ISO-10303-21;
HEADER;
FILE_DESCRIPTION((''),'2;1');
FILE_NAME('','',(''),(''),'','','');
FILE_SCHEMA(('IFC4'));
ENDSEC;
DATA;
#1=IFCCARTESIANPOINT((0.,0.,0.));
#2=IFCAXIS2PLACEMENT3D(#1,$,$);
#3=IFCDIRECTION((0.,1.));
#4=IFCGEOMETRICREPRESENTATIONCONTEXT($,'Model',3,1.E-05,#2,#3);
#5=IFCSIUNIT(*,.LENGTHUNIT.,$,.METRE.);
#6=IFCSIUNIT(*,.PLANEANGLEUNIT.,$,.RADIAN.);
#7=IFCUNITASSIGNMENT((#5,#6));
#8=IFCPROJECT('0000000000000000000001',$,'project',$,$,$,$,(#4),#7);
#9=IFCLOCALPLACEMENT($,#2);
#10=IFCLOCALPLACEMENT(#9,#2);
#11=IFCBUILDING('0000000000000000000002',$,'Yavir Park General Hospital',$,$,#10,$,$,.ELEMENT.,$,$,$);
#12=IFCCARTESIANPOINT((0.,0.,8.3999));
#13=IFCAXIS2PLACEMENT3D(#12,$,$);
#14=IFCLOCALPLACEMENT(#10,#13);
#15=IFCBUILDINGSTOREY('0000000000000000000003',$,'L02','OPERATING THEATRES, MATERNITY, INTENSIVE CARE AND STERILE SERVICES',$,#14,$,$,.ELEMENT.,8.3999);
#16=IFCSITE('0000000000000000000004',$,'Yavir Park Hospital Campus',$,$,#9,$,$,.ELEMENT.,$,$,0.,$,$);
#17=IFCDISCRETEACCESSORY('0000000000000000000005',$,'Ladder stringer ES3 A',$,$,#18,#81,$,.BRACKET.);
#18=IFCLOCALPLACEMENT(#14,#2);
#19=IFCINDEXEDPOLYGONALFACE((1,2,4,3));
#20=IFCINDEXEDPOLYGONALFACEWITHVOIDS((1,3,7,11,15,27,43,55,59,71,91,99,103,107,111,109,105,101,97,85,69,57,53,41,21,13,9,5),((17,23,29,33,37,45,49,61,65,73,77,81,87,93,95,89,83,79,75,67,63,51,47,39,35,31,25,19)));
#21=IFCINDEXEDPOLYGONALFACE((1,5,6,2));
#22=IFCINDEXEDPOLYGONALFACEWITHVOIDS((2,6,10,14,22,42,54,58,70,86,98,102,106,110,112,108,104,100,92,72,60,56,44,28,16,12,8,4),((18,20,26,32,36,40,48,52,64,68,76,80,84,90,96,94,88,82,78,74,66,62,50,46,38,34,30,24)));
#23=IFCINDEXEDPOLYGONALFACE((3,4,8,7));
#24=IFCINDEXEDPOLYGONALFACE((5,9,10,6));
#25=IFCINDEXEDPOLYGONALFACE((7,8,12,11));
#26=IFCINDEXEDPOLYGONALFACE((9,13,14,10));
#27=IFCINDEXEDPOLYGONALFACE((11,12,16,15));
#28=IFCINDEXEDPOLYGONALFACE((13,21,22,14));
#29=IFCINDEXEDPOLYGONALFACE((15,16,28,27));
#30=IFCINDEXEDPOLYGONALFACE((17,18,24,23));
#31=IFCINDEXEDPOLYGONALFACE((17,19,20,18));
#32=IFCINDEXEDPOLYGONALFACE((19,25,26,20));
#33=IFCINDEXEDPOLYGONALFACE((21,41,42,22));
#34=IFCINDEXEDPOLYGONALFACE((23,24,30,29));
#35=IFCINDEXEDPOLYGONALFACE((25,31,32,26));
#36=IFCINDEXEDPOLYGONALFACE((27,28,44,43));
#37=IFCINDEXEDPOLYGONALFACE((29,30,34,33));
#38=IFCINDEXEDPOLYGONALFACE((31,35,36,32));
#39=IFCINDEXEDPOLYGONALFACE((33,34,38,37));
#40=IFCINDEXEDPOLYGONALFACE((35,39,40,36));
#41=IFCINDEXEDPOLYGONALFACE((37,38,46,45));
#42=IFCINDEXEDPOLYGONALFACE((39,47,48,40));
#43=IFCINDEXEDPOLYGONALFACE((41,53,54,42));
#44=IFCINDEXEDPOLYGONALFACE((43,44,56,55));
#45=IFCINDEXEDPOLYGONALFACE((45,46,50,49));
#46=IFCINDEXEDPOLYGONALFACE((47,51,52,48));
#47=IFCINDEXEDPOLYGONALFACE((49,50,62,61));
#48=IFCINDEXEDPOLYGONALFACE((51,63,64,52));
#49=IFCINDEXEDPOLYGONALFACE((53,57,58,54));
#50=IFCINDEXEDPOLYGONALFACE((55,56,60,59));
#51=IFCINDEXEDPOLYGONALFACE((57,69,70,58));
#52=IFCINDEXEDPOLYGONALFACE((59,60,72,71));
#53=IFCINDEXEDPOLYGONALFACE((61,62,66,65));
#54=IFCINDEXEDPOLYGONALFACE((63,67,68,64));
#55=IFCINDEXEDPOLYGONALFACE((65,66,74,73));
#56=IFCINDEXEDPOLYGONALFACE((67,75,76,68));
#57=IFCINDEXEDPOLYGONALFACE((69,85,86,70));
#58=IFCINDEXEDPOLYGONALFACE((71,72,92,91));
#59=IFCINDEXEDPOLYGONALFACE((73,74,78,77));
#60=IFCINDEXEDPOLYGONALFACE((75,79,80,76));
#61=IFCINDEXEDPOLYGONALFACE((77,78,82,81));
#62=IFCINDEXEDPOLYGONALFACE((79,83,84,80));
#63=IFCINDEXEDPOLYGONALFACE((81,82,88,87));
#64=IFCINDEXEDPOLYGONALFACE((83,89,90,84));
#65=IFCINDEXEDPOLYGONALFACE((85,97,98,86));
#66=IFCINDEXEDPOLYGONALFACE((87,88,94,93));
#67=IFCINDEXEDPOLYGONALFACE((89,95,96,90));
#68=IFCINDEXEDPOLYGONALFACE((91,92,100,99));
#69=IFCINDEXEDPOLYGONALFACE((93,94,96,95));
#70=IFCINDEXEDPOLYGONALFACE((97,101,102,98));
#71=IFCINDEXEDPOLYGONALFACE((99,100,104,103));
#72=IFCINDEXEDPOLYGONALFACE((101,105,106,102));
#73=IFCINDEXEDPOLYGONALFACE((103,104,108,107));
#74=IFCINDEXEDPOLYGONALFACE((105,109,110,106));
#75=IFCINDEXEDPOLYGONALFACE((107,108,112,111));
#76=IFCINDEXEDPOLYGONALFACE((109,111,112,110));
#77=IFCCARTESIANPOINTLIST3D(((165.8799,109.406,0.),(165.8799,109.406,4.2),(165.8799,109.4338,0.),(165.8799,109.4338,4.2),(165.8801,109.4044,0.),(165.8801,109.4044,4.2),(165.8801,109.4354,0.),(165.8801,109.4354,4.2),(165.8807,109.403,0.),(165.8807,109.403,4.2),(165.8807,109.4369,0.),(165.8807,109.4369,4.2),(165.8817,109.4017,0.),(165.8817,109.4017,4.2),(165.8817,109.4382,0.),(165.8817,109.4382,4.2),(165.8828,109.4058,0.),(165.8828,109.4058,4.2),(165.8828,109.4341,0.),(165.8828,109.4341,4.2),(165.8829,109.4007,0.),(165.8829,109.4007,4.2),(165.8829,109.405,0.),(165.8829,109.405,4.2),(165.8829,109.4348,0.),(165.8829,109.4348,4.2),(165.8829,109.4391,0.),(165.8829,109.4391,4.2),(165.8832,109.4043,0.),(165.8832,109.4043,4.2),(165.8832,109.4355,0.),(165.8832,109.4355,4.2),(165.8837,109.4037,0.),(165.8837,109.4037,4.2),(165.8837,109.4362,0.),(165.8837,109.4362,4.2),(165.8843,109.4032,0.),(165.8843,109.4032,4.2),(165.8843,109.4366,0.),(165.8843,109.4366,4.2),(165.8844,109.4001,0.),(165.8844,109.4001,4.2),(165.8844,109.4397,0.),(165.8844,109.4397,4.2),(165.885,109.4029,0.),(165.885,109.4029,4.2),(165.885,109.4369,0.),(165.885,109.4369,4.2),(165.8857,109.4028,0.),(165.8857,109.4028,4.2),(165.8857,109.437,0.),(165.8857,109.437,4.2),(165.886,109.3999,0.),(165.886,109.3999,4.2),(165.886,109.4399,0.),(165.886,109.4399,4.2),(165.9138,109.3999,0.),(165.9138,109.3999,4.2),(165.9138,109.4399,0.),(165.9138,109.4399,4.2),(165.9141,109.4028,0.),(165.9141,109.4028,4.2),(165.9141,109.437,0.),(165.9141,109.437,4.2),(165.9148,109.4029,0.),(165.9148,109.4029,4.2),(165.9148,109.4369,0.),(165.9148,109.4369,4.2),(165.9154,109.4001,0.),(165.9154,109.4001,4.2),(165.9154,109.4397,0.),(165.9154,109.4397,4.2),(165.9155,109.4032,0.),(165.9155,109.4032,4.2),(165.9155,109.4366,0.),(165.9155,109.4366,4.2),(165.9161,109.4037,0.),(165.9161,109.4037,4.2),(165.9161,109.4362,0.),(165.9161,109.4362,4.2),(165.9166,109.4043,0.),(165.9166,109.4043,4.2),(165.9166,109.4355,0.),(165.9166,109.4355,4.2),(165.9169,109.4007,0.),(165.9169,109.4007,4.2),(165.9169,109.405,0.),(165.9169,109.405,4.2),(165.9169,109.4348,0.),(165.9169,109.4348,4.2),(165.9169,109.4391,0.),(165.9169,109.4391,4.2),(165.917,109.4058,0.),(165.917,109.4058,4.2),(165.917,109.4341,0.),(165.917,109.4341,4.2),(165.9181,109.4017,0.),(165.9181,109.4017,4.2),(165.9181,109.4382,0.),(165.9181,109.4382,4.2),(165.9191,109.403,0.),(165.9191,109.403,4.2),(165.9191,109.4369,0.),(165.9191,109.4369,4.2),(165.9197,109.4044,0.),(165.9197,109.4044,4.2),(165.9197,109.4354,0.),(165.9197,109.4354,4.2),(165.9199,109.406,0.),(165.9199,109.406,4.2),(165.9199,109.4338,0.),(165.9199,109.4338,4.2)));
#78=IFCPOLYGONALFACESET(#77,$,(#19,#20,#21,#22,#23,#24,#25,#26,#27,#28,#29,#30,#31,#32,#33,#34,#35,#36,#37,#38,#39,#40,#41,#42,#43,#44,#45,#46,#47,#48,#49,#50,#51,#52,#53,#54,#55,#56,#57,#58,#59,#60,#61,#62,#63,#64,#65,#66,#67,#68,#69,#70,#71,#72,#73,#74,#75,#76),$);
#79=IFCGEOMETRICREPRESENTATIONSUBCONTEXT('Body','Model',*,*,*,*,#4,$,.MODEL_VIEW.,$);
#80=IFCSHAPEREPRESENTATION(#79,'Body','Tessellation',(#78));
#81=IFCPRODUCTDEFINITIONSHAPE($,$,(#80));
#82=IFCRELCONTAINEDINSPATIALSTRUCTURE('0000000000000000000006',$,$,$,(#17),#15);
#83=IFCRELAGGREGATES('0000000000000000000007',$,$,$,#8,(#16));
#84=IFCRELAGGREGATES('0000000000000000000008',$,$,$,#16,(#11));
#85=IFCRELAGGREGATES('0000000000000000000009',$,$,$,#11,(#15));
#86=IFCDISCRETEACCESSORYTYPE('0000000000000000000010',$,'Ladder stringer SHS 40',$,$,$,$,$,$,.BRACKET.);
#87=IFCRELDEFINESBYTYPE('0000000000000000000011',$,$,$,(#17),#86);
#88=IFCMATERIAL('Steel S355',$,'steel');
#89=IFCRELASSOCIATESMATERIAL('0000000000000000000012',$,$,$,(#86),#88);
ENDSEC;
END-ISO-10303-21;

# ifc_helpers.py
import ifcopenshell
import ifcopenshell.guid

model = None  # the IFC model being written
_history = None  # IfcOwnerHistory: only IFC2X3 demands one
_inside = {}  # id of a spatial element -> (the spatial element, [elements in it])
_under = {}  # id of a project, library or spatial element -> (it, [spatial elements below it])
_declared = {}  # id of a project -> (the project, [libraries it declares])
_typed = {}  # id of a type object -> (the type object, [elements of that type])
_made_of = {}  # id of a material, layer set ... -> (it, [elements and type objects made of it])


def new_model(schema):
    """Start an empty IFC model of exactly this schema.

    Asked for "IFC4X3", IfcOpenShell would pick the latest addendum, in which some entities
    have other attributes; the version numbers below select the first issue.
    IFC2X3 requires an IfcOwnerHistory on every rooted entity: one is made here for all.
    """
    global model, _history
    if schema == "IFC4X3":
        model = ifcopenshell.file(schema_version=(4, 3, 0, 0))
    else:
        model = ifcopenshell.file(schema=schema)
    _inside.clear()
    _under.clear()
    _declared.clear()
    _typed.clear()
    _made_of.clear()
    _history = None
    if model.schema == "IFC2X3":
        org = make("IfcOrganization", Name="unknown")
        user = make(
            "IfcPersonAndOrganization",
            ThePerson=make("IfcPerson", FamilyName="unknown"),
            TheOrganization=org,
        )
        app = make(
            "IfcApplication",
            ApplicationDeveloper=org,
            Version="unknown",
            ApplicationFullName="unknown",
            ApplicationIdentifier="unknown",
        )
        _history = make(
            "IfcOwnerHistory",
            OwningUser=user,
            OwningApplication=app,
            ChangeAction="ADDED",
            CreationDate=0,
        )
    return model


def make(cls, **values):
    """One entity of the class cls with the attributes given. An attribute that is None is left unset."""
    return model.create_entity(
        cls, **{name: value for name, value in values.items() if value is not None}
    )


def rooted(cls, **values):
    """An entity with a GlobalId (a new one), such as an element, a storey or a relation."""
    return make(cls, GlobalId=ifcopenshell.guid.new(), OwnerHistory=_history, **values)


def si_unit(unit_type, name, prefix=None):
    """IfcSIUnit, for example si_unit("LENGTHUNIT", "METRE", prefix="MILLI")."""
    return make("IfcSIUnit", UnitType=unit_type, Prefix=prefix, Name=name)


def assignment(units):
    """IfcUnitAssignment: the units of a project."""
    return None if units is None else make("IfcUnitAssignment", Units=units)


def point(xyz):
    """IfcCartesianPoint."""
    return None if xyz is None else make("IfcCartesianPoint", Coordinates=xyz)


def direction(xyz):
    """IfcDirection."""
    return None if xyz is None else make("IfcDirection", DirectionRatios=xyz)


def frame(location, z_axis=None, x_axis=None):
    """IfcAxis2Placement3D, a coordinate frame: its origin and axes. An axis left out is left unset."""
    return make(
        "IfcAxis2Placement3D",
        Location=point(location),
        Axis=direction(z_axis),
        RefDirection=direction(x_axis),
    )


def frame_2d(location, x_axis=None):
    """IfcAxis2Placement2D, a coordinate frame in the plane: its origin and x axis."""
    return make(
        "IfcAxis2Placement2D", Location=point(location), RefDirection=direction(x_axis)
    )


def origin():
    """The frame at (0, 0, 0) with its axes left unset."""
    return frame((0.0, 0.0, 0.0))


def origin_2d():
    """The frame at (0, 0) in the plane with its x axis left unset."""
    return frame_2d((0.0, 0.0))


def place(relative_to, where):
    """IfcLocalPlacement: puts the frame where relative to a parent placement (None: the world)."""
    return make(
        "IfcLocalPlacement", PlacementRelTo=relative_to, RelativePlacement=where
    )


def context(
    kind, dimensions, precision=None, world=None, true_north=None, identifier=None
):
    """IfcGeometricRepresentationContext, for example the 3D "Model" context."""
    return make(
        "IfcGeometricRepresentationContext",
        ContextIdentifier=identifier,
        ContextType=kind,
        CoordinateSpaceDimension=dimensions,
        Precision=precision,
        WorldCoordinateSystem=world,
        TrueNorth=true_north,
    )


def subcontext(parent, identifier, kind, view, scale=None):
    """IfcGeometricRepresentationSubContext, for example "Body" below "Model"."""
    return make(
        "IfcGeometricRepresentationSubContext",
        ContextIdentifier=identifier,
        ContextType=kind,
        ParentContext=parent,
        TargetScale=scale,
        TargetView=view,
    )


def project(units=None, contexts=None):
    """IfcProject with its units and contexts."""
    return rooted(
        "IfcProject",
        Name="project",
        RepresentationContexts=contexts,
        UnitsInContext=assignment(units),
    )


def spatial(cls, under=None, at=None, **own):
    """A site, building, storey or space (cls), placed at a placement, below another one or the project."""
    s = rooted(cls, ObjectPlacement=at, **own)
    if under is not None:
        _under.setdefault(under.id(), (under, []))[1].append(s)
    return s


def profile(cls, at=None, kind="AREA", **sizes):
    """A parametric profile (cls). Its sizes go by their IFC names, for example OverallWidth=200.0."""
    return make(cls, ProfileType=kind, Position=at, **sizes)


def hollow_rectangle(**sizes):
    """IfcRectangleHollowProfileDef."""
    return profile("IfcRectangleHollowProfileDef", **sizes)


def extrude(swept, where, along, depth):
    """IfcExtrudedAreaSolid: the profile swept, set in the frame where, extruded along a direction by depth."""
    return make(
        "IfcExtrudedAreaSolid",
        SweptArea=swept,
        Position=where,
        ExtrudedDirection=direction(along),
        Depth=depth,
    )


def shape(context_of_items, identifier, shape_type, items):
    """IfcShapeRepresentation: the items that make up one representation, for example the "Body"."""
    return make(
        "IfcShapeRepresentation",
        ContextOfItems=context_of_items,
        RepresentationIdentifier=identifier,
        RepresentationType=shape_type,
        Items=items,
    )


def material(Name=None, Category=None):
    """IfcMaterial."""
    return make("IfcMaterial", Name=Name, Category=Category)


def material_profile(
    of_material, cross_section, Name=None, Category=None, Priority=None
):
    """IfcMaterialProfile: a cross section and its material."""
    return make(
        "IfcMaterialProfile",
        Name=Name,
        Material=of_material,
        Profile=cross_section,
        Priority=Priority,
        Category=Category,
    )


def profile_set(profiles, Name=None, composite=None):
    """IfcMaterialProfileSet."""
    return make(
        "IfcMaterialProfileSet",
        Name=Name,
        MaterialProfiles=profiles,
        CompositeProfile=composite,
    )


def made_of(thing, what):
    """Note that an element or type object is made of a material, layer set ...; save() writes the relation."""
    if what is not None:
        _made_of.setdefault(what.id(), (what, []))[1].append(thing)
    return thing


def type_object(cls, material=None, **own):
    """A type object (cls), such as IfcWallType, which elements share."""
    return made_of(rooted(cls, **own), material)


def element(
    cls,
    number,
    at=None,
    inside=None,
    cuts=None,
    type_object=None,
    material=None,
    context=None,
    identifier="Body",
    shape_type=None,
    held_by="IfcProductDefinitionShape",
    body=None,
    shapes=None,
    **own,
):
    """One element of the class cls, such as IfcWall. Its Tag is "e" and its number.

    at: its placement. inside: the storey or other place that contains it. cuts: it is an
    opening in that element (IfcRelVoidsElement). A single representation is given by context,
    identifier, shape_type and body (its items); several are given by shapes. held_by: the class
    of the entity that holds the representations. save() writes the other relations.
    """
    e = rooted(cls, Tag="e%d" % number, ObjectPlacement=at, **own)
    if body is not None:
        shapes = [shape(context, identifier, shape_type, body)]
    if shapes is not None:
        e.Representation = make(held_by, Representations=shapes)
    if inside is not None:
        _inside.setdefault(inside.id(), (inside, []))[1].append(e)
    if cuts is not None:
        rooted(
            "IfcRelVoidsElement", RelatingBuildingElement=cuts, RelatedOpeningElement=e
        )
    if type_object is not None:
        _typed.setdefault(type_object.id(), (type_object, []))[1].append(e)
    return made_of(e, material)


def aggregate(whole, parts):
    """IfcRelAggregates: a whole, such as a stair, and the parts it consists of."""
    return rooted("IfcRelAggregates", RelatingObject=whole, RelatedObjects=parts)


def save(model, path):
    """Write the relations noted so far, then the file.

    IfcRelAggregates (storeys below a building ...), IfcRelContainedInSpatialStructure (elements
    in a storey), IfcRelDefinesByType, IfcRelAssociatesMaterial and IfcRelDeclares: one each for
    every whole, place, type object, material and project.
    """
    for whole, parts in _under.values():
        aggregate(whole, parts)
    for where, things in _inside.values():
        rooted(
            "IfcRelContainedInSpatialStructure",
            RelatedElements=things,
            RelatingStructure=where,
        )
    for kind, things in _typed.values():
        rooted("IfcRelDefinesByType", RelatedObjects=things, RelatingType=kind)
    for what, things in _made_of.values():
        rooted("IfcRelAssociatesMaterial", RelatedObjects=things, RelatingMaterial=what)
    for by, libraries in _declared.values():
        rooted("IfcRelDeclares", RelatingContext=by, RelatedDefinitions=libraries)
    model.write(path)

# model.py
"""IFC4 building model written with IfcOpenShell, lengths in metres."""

from ifc_helpers import new_model, si_unit, direction, frame, origin, origin_2d, place, context, subcontext, project, spatial, hollow_rectangle, extrude, material, material_profile, profile_set, type_object, element, save


model = new_model("IFC4")

# Units and contexts
model_context = context("Model", 3, precision=1e-05, world=origin(), true_north=direction((0.0, 1.0)))
body_context = subcontext(model_context, "Body", "Model", "MODEL_VIEW")
ifc_project = project(units=[si_unit("LENGTHUNIT", "METRE"), si_unit("PLANEANGLEUNIT", "RADIAN")], contexts=[model_context])

# Site, building, storey
site_placement = place(None, origin())
site = spatial("IfcSite", under=ifc_project, at=site_placement, Name="Yavir Park Hospital Campus", CompositionType="ELEMENT", RefElevation=0.0)
building_placement = place(site_placement, origin())
building = spatial("IfcBuilding", under=site, at=building_placement, Name="Yavir Park General Hospital", CompositionType="ELEMENT")
storey_placement = place(building_placement, frame((0.0, 0.0, 8.3999)))
storey = spatial("IfcBuildingStorey", under=building, at=storey_placement, Name="L02", Description="OPERATING THEATRES, MATERNITY, INTENSIVE CARE AND STERILE SERVICES", CompositionType="ELEMENT", Elevation=8.3999)

# Discrete accessory
ifc_material_1 = material(Name="Steel S355", Category="steel")
ifc_material_profile_1 = material_profile(ifc_material_1, hollow_rectangle(XDim=0.04, YDim=0.04, WallThickness=0.0029, InnerFilletRadius=0.0029, OuterFilletRadius=0.0061, at=origin_2d()), Name="RHS40x40x3")
ifc_profile_set_1 = profile_set([ifc_material_profile_1], Name="Steel S355")
discrete_accessory_type = type_object("IfcDiscreteAccessoryType", Name="Ladder stringer SHS 40", PredefinedType="BRACKET", material=ifc_profile_set_1)
discrete_accessory_placement = place(storey_placement, frame((165.8999, 109.4199, 0.0), z_axis=(0.0, 0.0, 1.0), x_axis=(1.0, 0.0, 0.0)))
element("IfcDiscreteAccessory", 1, at=discrete_accessory_placement, inside=storey, type_object=discrete_accessory_type, Name="Ladder stringer ES3 A", PredefinedType="BRACKET", context=body_context, shape_type="SweptSolid", body=[
    extrude(hollow_rectangle(XDim=0.04, YDim=0.04, WallThickness=0.0029, InnerFilletRadius=0.0029, OuterFilletRadius=0.0061, at=origin_2d()), origin(), (0.0, 0.0, 1.0), 4.2),
])

save(model, "model.ifc")
